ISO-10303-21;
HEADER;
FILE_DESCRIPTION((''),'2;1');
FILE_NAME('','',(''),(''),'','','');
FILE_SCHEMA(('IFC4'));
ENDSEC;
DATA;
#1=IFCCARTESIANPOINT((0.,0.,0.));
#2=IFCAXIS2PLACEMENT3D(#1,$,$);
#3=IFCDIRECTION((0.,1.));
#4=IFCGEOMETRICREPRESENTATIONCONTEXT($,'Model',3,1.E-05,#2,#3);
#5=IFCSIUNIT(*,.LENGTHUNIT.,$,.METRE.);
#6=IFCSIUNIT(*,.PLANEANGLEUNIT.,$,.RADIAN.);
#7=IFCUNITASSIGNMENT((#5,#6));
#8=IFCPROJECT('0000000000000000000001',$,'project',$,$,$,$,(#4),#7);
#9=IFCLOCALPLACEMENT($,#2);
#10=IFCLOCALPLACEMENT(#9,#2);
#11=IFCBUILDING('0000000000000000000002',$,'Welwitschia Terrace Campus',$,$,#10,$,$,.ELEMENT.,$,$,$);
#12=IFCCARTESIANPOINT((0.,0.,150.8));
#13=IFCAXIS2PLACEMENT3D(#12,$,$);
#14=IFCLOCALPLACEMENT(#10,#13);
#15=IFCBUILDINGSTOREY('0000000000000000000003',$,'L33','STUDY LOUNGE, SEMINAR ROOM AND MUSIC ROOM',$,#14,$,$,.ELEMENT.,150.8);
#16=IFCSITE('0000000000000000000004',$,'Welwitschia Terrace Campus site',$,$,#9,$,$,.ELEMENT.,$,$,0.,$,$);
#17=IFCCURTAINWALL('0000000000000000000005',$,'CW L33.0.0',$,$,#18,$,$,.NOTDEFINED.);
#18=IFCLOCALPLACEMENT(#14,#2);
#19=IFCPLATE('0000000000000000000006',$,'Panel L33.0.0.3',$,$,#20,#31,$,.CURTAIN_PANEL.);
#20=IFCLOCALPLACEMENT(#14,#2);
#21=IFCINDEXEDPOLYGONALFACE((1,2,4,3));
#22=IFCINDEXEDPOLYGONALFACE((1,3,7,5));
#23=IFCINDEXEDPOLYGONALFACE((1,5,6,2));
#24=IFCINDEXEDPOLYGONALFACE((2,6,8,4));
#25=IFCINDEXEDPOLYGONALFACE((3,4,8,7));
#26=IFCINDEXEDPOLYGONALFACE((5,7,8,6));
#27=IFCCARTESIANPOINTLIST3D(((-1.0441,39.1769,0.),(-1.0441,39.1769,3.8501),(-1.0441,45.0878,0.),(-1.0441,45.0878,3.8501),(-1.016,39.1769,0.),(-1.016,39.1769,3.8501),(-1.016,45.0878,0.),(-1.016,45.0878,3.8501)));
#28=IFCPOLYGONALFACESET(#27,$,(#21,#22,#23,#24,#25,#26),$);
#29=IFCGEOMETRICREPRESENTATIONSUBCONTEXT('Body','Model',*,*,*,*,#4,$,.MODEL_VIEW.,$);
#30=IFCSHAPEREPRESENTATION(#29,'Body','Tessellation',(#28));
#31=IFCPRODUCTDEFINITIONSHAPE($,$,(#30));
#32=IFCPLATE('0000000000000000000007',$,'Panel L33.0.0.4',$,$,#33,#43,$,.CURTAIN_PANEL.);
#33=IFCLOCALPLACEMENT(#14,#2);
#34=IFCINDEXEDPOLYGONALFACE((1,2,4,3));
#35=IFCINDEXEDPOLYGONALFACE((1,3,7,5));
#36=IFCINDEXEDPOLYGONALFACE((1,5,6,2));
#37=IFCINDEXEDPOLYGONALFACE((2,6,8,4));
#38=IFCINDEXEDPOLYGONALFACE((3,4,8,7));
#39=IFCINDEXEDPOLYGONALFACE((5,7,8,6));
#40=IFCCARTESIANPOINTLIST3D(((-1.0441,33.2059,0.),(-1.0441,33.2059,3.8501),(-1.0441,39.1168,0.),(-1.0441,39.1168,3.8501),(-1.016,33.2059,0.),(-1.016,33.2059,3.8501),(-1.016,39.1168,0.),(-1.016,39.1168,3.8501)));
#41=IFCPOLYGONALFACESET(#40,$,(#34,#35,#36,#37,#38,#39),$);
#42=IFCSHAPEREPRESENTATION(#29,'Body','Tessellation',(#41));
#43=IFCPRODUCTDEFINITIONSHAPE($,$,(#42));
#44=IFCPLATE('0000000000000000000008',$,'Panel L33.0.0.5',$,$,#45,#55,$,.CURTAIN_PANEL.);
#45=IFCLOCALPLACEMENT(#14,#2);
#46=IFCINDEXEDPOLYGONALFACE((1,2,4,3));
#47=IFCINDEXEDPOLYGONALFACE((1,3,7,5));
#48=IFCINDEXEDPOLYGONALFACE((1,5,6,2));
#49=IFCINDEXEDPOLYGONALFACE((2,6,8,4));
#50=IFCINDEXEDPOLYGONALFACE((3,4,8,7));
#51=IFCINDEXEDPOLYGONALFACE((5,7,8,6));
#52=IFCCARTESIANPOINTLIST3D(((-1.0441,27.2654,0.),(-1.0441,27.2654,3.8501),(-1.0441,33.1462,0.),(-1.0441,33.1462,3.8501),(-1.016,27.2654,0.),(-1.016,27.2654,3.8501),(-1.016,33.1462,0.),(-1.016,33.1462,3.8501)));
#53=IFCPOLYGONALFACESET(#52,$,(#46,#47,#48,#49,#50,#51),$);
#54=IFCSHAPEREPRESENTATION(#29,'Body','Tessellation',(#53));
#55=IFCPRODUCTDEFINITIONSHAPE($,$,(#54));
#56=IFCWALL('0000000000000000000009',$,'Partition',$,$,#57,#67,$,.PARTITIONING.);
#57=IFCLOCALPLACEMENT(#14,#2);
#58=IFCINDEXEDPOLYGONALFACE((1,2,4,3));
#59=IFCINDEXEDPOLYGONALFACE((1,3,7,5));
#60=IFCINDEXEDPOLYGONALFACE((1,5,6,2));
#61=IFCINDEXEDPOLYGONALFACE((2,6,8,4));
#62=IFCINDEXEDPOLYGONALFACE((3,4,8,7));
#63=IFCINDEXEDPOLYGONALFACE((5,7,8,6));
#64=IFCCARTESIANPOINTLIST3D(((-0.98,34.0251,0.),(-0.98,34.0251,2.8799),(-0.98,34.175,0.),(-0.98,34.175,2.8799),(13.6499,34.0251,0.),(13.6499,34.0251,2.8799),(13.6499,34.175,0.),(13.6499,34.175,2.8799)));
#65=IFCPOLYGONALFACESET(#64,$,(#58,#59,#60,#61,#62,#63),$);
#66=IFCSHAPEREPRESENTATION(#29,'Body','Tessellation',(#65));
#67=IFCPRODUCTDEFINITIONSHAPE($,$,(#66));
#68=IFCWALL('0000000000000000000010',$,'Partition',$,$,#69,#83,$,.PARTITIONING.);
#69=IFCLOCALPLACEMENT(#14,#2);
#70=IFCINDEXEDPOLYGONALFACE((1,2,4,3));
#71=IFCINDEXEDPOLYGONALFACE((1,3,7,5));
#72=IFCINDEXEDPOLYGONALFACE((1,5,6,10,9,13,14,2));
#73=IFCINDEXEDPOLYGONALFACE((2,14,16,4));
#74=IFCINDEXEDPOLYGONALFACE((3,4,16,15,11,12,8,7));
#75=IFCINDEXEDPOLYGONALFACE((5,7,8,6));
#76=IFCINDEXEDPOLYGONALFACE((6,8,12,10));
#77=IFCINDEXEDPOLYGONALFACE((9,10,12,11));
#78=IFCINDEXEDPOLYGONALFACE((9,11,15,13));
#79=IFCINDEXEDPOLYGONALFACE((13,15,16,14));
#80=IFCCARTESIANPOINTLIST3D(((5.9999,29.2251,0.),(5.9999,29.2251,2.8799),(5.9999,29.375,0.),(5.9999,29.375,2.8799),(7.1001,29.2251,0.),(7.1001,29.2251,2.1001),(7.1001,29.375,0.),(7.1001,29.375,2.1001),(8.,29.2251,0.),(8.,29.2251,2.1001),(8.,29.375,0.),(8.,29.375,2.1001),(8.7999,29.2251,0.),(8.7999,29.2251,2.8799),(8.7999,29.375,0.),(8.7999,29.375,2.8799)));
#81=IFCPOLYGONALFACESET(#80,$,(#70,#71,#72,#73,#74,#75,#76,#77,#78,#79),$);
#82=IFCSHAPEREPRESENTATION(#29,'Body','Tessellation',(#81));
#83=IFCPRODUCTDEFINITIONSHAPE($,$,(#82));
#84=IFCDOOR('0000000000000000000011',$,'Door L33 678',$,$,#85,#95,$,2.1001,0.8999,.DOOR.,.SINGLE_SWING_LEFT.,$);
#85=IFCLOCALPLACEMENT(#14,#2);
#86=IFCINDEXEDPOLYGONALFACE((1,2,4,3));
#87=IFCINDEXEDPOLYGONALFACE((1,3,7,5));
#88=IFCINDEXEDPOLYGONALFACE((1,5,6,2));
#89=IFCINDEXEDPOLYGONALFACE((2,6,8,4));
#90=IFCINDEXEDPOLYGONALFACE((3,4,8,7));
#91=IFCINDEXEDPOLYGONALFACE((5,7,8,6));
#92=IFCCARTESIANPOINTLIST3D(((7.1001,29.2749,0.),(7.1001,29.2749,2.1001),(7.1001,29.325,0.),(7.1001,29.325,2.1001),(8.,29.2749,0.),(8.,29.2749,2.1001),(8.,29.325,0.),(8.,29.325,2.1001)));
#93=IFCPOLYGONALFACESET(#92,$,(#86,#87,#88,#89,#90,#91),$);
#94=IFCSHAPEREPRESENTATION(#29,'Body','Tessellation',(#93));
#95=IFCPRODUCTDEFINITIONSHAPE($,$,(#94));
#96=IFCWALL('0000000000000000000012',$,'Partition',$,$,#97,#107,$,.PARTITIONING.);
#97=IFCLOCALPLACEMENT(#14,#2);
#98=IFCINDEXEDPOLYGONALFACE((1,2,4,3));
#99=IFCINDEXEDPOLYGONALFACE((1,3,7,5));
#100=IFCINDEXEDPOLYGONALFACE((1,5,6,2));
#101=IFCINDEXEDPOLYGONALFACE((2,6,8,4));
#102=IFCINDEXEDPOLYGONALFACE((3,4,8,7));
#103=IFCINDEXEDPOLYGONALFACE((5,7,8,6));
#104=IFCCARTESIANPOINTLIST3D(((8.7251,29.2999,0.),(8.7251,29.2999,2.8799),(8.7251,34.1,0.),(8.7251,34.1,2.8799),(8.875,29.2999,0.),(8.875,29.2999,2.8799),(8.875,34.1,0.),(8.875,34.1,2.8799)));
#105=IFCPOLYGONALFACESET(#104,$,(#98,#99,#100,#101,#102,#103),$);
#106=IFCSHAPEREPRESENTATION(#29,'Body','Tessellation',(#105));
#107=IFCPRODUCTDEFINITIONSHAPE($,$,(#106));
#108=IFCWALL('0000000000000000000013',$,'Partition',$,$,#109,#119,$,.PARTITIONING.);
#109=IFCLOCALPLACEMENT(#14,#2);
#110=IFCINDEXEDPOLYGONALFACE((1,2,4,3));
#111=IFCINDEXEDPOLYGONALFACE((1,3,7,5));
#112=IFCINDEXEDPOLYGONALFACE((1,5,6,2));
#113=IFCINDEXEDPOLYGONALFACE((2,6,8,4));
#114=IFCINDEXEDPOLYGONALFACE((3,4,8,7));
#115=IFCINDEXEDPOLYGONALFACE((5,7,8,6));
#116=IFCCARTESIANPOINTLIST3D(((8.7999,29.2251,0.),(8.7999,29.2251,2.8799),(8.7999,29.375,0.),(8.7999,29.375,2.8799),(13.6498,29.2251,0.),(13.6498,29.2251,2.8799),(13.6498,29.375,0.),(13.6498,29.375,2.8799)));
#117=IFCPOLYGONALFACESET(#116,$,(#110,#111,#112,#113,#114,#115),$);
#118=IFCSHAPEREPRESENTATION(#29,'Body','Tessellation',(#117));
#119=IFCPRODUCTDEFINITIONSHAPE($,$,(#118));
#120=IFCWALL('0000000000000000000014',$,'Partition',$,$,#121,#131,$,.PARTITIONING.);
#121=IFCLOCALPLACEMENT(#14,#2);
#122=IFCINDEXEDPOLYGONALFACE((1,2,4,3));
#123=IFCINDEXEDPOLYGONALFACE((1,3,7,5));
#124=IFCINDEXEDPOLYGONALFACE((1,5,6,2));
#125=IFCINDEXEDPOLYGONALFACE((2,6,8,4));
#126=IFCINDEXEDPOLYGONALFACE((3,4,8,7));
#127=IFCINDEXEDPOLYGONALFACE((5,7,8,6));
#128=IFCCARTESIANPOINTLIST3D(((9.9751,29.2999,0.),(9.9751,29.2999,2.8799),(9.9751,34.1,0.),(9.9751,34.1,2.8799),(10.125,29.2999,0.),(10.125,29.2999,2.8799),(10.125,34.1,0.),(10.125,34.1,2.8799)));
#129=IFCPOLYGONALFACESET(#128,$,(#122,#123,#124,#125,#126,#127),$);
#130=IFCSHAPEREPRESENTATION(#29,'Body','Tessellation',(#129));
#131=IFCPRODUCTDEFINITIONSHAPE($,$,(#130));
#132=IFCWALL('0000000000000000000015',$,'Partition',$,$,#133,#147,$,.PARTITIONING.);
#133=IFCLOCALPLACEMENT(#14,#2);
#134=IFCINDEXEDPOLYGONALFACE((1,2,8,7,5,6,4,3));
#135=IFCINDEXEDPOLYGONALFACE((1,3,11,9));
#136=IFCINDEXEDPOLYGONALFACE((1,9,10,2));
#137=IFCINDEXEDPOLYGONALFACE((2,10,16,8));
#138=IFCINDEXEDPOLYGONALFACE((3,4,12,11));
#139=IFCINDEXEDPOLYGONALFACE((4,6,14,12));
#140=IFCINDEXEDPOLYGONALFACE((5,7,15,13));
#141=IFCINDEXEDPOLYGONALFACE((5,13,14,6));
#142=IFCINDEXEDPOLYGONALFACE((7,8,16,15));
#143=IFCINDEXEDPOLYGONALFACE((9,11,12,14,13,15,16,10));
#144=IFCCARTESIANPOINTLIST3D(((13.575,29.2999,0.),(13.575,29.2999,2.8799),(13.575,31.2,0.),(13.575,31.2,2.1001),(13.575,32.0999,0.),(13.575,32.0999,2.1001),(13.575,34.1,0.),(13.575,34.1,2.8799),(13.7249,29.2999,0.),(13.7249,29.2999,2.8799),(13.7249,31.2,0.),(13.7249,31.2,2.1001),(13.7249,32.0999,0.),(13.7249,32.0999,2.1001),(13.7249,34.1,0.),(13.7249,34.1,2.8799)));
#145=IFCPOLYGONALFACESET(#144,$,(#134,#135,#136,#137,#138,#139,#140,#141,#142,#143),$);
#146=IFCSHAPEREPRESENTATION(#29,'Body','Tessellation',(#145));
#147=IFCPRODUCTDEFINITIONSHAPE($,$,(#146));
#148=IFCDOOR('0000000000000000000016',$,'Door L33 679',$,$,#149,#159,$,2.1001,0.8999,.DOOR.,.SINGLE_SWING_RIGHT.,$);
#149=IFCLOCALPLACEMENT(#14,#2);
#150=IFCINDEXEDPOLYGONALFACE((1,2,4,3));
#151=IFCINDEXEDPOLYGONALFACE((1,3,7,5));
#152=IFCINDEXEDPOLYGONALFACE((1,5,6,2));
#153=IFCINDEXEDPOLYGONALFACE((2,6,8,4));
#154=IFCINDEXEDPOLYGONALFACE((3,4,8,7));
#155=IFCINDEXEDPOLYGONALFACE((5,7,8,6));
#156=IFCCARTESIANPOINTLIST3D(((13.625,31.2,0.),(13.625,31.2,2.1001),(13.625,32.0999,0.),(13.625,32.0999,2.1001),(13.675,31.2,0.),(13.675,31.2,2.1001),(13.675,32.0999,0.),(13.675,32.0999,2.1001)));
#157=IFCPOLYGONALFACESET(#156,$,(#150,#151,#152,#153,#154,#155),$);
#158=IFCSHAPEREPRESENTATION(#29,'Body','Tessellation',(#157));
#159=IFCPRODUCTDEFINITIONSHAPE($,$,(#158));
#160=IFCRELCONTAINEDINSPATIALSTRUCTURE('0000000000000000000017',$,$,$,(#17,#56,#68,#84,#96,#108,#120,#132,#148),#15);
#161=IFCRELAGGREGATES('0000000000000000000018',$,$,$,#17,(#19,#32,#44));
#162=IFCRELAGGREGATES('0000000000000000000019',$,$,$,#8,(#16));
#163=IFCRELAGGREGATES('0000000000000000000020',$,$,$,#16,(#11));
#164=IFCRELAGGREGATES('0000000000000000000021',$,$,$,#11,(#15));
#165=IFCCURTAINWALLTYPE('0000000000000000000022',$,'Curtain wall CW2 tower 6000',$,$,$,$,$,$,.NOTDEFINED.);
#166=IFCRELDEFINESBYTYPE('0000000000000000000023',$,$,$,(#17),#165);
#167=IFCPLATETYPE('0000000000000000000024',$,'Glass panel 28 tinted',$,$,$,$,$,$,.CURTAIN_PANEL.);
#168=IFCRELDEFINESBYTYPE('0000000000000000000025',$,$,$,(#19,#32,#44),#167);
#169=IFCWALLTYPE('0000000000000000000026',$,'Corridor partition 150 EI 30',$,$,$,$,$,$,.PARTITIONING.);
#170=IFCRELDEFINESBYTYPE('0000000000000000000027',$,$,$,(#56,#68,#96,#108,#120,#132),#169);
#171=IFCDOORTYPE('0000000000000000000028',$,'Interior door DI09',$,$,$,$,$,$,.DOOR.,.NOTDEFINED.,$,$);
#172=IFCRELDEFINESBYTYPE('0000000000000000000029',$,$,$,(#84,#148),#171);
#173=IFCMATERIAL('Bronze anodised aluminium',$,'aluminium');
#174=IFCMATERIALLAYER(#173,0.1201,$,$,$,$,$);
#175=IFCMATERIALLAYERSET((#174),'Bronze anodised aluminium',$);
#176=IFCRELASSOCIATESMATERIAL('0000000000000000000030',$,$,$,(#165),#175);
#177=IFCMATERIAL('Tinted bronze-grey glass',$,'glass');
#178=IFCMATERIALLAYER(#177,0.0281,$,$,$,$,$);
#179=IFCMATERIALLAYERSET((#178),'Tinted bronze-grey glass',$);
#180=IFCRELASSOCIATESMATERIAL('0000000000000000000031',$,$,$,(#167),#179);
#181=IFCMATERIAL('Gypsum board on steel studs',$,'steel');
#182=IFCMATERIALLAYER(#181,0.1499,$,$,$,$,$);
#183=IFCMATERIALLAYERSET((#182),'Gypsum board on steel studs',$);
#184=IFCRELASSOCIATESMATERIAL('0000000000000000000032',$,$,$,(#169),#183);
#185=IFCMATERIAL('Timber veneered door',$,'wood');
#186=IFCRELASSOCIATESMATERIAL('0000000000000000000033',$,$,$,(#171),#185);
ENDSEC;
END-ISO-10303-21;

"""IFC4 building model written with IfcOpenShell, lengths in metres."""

from ifc_helpers import new_model, si_unit, direction, frame, frame_2d, origin, origin_2d, place, context, subcontext, project, spatial, rectangle, extrude, material, layer, layer_set, type_object, element, fill, aggregate, save


model = new_model("IFC4")

# Units and contexts
model_context = context("Model", 3, precision=1e-05, world=origin(), true_north=direction((0.0, 1.0)))
body_context = subcontext(model_context, "Body", "Model", "MODEL_VIEW")
ifc_project = project(units=[si_unit("LENGTHUNIT", "METRE"), si_unit("PLANEANGLEUNIT", "RADIAN")], contexts=[model_context])

# Site, building, storey
site_placement = place(None, origin())
site = spatial("IfcSite", under=ifc_project, at=site_placement, Name="Welwitschia Terrace Campus site", CompositionType="ELEMENT", RefElevation=0.0)
building_placement = place(site_placement, origin())
building = spatial("IfcBuilding", under=site, at=building_placement, Name="Welwitschia Terrace Campus", CompositionType="ELEMENT")
storey_placement = place(building_placement, frame((0.0, 0.0, 150.8)))
storey = spatial("IfcBuildingStorey", under=building, at=storey_placement, Name="L33", Description="STUDY LOUNGE, SEMINAR ROOM AND MUSIC ROOM", CompositionType="ELEMENT", Elevation=150.8)

# Curtain wall
ifc_material_1 = material(Name="Bronze anodised aluminium", Category="aluminium")
ifc_layer_1 = layer(ifc_material_1, 0.1201)
ifc_layer_set_1 = layer_set([ifc_layer_1], Name="Bronze anodised aluminium")
curtain_wall_type = type_object("IfcCurtainWallType", Name="Curtain wall CW2 tower 6000", PredefinedType="NOTDEFINED", material=ifc_layer_set_1)
curtain_wall_placement = place(storey_placement, origin())
curtain_wall = element("IfcCurtainWall", 1, at=curtain_wall_placement, inside=storey, type_object=curtain_wall_type, Name="CW L33.0.0", PredefinedType="NOTDEFINED")

# Plates
ifc_material_2 = material(Name="Tinted bronze-grey glass", Category="glass")
ifc_layer_2 = layer(ifc_material_2, 0.0281)
ifc_layer_set_2 = layer_set([ifc_layer_2], Name="Tinted bronze-grey glass")
plate_type = type_object("IfcPlateType", Name="Glass panel 28 tinted", PredefinedType="CURTAIN_PANEL", material=ifc_layer_set_2)
plate_1_placement = place(storey_placement, frame((-1.03, 42.1323, 0.0), z_axis=(0.0, 0.0, 1.0), x_axis=(0.0, -1.0, 0.0)))
plate_1 = element("IfcPlate", 2, at=plate_1_placement, type_object=plate_type, Name="Panel L33.0.0.3", PredefinedType="CURTAIN_PANEL", context=body_context, shape_type="SweptSolid", body=[
    extrude(rectangle(XDim=5.9109, YDim=0.0281, at=origin_2d()), origin(), (0.0, 0.0, 1.0), 3.8501),
])
plate_2_placement = place(storey_placement, frame((-1.03, 36.1614, 0.0), z_axis=(0.0, 0.0, 1.0), x_axis=(0.0, -1.0, 0.0)))
plate_2 = element("IfcPlate", 3, at=plate_2_placement, type_object=plate_type, Name="Panel L33.0.0.4", PredefinedType="CURTAIN_PANEL", context=body_context, shape_type="SweptSolid", body=[
    extrude(rectangle(XDim=5.9109, YDim=0.0281, at=origin_2d()), origin(), (0.0, 0.0, 1.0), 3.8501),
])
plate_3_placement = place(storey_placement, frame((-1.03, 30.2058, 0.0), z_axis=(0.0, 0.0, 1.0), x_axis=(0.0, -1.0, 0.0)))
plate_3 = element("IfcPlate", 4, at=plate_3_placement, type_object=plate_type, Name="Panel L33.0.0.5", PredefinedType="CURTAIN_PANEL", context=body_context, shape_type="SweptSolid", body=[
    extrude(rectangle(XDim=5.8809, YDim=0.0281, at=origin_2d()), origin(), (0.0, 0.0, 1.0), 3.8501),
])
aggregate(curtain_wall, [plate_1, plate_2, plate_3])

# Wall
ifc_material_3 = material(Name="Gypsum board on steel studs", Category="steel")
ifc_layer_3 = layer(ifc_material_3, 0.1499)
ifc_layer_set_3 = layer_set([ifc_layer_3], Name="Gypsum board on steel studs")
wall_type = type_object("IfcWallType", Name="Corridor partition 150 EI 30", PredefinedType="PARTITIONING", material=ifc_layer_set_3)
wall_1_placement = place(storey_placement, frame((-0.98, 34.1001, 0.0), z_axis=(0.0, 0.0, 1.0), x_axis=(1.0, 0.0, 0.0)))
element("IfcWall", 5, at=wall_1_placement, inside=storey, type_object=wall_type, Name="Partition", PredefinedType="PARTITIONING", context=body_context, shape_type="SweptSolid", body=[
    extrude(rectangle(XDim=14.6299, YDim=0.1499, at=frame_2d((7.3149, 0.0))), origin(), (0.0, 0.0, 1.0), 2.8799),
])

# Wall, opening, door
wall_2_placement = place(storey_placement, frame((6.0, 29.3, 0.0), z_axis=(0.0, 0.0, 1.0), x_axis=(1.0, 0.0, 0.0)))
wall_2 = element("IfcWall", 6, at=wall_2_placement, inside=storey, type_object=wall_type, Name="Partition", PredefinedType="PARTITIONING", context=body_context, shape_type="SweptSolid", body=[
    extrude(rectangle(XDim=2.8, YDim=0.1499, at=frame_2d((1.3999, 0.0))), origin(), (0.0, 0.0, 1.0), 2.8799),
])
opening_1_placement = place(wall_2_placement, frame((1.1001, 0.0, 0.0)))
opening_1 = element("IfcOpeningElement", 7, at=opening_1_placement, cuts=wall_2, PredefinedType="OPENING", context=body_context, shape_type="SweptSolid", body=[
    extrude(rectangle(XDim=0.8999, YDim=2.1001, at=frame_2d((0.45, 1.05))), frame((0.0, 0.085, 0.0), z_axis=(0.0, -1.0, 0.0), x_axis=(1.0, 0.0, 0.0)), (0.0, 0.0, 1.0), 0.1699),
])
ifc_material_4 = material(Name="Timber veneered door", Category="wood")
door_type_1 = type_object("IfcDoorType", Name="Interior door DI09", OperationType="NOTDEFINED", PredefinedType="DOOR", material=ifc_material_4)
door_1_placement = place(opening_1_placement, origin())
door_1 = element("IfcDoor", 8, at=door_1_placement, inside=storey, type_object=door_type_1, Name="Door L33 678", OperationType="SINGLE_SWING_LEFT", OverallHeight=2.1001, OverallWidth=0.8999, PredefinedType="DOOR", context=body_context, shape_type="SweptSolid", body=[
    extrude(rectangle(XDim=0.8999, YDim=2.1001, at=frame_2d((0.45, 1.05))), frame((0.0, 0.0249, 0.0), z_axis=(0.0, -1.0, 0.0), x_axis=(1.0, 0.0, 0.0)), (0.0, 0.0, 1.0), 0.05),
])
fill(opening_1, door_1)

# Walls
wall_3_placement = place(storey_placement, frame((8.8, 29.3, 0.0), z_axis=(0.0, 0.0, 1.0), x_axis=(0.0, 1.0, 0.0)))
element("IfcWall", 9, at=wall_3_placement, inside=storey, type_object=wall_type, Name="Partition", PredefinedType="PARTITIONING", context=body_context, shape_type="SweptSolid", body=[
    extrude(rectangle(XDim=4.8, YDim=0.1499, at=frame_2d((2.3999, 0.0))), origin(), (0.0, 0.0, 1.0), 2.8799),
])
wall_4_placement = place(storey_placement, frame((8.8, 29.3, 0.0), z_axis=(0.0, 0.0, 1.0), x_axis=(1.0, 0.0, 0.0)))
element("IfcWall", 10, at=wall_4_placement, inside=storey, type_object=wall_type, Name="Partition", PredefinedType="PARTITIONING", context=body_context, shape_type="SweptSolid", body=[
    extrude(rectangle(XDim=4.8499, YDim=0.1499, at=frame_2d((2.4248, 0.0))), origin(), (0.0, 0.0, 1.0), 2.8799),
])
wall_5_placement = place(storey_placement, frame((10.05, 29.3, 0.0), z_axis=(0.0, 0.0, 1.0), x_axis=(0.0, 1.0, 0.0)))
element("IfcWall", 11, at=wall_5_placement, inside=storey, type_object=wall_type, Name="Partition", PredefinedType="PARTITIONING", context=body_context, shape_type="SweptSolid", body=[
    extrude(rectangle(XDim=4.8, YDim=0.1499, at=frame_2d((2.3999, 0.0))), origin(), (0.0, 0.0, 1.0), 2.8799),
])

# Wall, opening, door
wall_6_placement = place(storey_placement, frame((13.6499, 29.3, 0.0), z_axis=(0.0, 0.0, 1.0), x_axis=(0.0, 1.0, 0.0)))
wall_6 = element("IfcWall", 12, at=wall_6_placement, inside=storey, type_object=wall_type, Name="Partition", PredefinedType="PARTITIONING", context=body_context, shape_type="SweptSolid", body=[
    extrude(rectangle(XDim=4.8, YDim=0.1499, at=frame_2d((2.3999, 0.0))), origin(), (0.0, 0.0, 1.0), 2.8799),
])
opening_2_placement = place(wall_6_placement, frame((1.8999, 0.0, 0.0)))
opening_2 = element("IfcOpeningElement", 13, at=opening_2_placement, cuts=wall_6, PredefinedType="OPENING", context=body_context, shape_type="SweptSolid", body=[
    extrude(rectangle(XDim=0.8999, YDim=2.1001, at=frame_2d((0.45, 1.05))), frame((0.0, 0.085, 0.0), z_axis=(0.0, -1.0, 0.0), x_axis=(1.0, 0.0, 0.0)), (0.0, 0.0, 1.0), 0.1699),
])
door_2_placement = place(opening_2_placement, origin())
door_2 = element("IfcDoor", 14, at=door_2_placement, inside=storey, type_object=door_type_1, Name="Door L33 679", OperationType="SINGLE_SWING_RIGHT", OverallHeight=2.1001, OverallWidth=0.8999, PredefinedType="DOOR", context=body_context, shape_type="SweptSolid", body=[
    extrude(rectangle(XDim=0.8999, YDim=2.1001, at=frame_2d((0.45, 1.05))), frame((0.0, 0.0249, 0.0), z_axis=(0.0, -1.0, 0.0), x_axis=(1.0, 0.0, 0.0)), (0.0, 0.0, 1.0), 0.05),
])
fill(opening_2, door_2)

save(model, "model.ifc")
